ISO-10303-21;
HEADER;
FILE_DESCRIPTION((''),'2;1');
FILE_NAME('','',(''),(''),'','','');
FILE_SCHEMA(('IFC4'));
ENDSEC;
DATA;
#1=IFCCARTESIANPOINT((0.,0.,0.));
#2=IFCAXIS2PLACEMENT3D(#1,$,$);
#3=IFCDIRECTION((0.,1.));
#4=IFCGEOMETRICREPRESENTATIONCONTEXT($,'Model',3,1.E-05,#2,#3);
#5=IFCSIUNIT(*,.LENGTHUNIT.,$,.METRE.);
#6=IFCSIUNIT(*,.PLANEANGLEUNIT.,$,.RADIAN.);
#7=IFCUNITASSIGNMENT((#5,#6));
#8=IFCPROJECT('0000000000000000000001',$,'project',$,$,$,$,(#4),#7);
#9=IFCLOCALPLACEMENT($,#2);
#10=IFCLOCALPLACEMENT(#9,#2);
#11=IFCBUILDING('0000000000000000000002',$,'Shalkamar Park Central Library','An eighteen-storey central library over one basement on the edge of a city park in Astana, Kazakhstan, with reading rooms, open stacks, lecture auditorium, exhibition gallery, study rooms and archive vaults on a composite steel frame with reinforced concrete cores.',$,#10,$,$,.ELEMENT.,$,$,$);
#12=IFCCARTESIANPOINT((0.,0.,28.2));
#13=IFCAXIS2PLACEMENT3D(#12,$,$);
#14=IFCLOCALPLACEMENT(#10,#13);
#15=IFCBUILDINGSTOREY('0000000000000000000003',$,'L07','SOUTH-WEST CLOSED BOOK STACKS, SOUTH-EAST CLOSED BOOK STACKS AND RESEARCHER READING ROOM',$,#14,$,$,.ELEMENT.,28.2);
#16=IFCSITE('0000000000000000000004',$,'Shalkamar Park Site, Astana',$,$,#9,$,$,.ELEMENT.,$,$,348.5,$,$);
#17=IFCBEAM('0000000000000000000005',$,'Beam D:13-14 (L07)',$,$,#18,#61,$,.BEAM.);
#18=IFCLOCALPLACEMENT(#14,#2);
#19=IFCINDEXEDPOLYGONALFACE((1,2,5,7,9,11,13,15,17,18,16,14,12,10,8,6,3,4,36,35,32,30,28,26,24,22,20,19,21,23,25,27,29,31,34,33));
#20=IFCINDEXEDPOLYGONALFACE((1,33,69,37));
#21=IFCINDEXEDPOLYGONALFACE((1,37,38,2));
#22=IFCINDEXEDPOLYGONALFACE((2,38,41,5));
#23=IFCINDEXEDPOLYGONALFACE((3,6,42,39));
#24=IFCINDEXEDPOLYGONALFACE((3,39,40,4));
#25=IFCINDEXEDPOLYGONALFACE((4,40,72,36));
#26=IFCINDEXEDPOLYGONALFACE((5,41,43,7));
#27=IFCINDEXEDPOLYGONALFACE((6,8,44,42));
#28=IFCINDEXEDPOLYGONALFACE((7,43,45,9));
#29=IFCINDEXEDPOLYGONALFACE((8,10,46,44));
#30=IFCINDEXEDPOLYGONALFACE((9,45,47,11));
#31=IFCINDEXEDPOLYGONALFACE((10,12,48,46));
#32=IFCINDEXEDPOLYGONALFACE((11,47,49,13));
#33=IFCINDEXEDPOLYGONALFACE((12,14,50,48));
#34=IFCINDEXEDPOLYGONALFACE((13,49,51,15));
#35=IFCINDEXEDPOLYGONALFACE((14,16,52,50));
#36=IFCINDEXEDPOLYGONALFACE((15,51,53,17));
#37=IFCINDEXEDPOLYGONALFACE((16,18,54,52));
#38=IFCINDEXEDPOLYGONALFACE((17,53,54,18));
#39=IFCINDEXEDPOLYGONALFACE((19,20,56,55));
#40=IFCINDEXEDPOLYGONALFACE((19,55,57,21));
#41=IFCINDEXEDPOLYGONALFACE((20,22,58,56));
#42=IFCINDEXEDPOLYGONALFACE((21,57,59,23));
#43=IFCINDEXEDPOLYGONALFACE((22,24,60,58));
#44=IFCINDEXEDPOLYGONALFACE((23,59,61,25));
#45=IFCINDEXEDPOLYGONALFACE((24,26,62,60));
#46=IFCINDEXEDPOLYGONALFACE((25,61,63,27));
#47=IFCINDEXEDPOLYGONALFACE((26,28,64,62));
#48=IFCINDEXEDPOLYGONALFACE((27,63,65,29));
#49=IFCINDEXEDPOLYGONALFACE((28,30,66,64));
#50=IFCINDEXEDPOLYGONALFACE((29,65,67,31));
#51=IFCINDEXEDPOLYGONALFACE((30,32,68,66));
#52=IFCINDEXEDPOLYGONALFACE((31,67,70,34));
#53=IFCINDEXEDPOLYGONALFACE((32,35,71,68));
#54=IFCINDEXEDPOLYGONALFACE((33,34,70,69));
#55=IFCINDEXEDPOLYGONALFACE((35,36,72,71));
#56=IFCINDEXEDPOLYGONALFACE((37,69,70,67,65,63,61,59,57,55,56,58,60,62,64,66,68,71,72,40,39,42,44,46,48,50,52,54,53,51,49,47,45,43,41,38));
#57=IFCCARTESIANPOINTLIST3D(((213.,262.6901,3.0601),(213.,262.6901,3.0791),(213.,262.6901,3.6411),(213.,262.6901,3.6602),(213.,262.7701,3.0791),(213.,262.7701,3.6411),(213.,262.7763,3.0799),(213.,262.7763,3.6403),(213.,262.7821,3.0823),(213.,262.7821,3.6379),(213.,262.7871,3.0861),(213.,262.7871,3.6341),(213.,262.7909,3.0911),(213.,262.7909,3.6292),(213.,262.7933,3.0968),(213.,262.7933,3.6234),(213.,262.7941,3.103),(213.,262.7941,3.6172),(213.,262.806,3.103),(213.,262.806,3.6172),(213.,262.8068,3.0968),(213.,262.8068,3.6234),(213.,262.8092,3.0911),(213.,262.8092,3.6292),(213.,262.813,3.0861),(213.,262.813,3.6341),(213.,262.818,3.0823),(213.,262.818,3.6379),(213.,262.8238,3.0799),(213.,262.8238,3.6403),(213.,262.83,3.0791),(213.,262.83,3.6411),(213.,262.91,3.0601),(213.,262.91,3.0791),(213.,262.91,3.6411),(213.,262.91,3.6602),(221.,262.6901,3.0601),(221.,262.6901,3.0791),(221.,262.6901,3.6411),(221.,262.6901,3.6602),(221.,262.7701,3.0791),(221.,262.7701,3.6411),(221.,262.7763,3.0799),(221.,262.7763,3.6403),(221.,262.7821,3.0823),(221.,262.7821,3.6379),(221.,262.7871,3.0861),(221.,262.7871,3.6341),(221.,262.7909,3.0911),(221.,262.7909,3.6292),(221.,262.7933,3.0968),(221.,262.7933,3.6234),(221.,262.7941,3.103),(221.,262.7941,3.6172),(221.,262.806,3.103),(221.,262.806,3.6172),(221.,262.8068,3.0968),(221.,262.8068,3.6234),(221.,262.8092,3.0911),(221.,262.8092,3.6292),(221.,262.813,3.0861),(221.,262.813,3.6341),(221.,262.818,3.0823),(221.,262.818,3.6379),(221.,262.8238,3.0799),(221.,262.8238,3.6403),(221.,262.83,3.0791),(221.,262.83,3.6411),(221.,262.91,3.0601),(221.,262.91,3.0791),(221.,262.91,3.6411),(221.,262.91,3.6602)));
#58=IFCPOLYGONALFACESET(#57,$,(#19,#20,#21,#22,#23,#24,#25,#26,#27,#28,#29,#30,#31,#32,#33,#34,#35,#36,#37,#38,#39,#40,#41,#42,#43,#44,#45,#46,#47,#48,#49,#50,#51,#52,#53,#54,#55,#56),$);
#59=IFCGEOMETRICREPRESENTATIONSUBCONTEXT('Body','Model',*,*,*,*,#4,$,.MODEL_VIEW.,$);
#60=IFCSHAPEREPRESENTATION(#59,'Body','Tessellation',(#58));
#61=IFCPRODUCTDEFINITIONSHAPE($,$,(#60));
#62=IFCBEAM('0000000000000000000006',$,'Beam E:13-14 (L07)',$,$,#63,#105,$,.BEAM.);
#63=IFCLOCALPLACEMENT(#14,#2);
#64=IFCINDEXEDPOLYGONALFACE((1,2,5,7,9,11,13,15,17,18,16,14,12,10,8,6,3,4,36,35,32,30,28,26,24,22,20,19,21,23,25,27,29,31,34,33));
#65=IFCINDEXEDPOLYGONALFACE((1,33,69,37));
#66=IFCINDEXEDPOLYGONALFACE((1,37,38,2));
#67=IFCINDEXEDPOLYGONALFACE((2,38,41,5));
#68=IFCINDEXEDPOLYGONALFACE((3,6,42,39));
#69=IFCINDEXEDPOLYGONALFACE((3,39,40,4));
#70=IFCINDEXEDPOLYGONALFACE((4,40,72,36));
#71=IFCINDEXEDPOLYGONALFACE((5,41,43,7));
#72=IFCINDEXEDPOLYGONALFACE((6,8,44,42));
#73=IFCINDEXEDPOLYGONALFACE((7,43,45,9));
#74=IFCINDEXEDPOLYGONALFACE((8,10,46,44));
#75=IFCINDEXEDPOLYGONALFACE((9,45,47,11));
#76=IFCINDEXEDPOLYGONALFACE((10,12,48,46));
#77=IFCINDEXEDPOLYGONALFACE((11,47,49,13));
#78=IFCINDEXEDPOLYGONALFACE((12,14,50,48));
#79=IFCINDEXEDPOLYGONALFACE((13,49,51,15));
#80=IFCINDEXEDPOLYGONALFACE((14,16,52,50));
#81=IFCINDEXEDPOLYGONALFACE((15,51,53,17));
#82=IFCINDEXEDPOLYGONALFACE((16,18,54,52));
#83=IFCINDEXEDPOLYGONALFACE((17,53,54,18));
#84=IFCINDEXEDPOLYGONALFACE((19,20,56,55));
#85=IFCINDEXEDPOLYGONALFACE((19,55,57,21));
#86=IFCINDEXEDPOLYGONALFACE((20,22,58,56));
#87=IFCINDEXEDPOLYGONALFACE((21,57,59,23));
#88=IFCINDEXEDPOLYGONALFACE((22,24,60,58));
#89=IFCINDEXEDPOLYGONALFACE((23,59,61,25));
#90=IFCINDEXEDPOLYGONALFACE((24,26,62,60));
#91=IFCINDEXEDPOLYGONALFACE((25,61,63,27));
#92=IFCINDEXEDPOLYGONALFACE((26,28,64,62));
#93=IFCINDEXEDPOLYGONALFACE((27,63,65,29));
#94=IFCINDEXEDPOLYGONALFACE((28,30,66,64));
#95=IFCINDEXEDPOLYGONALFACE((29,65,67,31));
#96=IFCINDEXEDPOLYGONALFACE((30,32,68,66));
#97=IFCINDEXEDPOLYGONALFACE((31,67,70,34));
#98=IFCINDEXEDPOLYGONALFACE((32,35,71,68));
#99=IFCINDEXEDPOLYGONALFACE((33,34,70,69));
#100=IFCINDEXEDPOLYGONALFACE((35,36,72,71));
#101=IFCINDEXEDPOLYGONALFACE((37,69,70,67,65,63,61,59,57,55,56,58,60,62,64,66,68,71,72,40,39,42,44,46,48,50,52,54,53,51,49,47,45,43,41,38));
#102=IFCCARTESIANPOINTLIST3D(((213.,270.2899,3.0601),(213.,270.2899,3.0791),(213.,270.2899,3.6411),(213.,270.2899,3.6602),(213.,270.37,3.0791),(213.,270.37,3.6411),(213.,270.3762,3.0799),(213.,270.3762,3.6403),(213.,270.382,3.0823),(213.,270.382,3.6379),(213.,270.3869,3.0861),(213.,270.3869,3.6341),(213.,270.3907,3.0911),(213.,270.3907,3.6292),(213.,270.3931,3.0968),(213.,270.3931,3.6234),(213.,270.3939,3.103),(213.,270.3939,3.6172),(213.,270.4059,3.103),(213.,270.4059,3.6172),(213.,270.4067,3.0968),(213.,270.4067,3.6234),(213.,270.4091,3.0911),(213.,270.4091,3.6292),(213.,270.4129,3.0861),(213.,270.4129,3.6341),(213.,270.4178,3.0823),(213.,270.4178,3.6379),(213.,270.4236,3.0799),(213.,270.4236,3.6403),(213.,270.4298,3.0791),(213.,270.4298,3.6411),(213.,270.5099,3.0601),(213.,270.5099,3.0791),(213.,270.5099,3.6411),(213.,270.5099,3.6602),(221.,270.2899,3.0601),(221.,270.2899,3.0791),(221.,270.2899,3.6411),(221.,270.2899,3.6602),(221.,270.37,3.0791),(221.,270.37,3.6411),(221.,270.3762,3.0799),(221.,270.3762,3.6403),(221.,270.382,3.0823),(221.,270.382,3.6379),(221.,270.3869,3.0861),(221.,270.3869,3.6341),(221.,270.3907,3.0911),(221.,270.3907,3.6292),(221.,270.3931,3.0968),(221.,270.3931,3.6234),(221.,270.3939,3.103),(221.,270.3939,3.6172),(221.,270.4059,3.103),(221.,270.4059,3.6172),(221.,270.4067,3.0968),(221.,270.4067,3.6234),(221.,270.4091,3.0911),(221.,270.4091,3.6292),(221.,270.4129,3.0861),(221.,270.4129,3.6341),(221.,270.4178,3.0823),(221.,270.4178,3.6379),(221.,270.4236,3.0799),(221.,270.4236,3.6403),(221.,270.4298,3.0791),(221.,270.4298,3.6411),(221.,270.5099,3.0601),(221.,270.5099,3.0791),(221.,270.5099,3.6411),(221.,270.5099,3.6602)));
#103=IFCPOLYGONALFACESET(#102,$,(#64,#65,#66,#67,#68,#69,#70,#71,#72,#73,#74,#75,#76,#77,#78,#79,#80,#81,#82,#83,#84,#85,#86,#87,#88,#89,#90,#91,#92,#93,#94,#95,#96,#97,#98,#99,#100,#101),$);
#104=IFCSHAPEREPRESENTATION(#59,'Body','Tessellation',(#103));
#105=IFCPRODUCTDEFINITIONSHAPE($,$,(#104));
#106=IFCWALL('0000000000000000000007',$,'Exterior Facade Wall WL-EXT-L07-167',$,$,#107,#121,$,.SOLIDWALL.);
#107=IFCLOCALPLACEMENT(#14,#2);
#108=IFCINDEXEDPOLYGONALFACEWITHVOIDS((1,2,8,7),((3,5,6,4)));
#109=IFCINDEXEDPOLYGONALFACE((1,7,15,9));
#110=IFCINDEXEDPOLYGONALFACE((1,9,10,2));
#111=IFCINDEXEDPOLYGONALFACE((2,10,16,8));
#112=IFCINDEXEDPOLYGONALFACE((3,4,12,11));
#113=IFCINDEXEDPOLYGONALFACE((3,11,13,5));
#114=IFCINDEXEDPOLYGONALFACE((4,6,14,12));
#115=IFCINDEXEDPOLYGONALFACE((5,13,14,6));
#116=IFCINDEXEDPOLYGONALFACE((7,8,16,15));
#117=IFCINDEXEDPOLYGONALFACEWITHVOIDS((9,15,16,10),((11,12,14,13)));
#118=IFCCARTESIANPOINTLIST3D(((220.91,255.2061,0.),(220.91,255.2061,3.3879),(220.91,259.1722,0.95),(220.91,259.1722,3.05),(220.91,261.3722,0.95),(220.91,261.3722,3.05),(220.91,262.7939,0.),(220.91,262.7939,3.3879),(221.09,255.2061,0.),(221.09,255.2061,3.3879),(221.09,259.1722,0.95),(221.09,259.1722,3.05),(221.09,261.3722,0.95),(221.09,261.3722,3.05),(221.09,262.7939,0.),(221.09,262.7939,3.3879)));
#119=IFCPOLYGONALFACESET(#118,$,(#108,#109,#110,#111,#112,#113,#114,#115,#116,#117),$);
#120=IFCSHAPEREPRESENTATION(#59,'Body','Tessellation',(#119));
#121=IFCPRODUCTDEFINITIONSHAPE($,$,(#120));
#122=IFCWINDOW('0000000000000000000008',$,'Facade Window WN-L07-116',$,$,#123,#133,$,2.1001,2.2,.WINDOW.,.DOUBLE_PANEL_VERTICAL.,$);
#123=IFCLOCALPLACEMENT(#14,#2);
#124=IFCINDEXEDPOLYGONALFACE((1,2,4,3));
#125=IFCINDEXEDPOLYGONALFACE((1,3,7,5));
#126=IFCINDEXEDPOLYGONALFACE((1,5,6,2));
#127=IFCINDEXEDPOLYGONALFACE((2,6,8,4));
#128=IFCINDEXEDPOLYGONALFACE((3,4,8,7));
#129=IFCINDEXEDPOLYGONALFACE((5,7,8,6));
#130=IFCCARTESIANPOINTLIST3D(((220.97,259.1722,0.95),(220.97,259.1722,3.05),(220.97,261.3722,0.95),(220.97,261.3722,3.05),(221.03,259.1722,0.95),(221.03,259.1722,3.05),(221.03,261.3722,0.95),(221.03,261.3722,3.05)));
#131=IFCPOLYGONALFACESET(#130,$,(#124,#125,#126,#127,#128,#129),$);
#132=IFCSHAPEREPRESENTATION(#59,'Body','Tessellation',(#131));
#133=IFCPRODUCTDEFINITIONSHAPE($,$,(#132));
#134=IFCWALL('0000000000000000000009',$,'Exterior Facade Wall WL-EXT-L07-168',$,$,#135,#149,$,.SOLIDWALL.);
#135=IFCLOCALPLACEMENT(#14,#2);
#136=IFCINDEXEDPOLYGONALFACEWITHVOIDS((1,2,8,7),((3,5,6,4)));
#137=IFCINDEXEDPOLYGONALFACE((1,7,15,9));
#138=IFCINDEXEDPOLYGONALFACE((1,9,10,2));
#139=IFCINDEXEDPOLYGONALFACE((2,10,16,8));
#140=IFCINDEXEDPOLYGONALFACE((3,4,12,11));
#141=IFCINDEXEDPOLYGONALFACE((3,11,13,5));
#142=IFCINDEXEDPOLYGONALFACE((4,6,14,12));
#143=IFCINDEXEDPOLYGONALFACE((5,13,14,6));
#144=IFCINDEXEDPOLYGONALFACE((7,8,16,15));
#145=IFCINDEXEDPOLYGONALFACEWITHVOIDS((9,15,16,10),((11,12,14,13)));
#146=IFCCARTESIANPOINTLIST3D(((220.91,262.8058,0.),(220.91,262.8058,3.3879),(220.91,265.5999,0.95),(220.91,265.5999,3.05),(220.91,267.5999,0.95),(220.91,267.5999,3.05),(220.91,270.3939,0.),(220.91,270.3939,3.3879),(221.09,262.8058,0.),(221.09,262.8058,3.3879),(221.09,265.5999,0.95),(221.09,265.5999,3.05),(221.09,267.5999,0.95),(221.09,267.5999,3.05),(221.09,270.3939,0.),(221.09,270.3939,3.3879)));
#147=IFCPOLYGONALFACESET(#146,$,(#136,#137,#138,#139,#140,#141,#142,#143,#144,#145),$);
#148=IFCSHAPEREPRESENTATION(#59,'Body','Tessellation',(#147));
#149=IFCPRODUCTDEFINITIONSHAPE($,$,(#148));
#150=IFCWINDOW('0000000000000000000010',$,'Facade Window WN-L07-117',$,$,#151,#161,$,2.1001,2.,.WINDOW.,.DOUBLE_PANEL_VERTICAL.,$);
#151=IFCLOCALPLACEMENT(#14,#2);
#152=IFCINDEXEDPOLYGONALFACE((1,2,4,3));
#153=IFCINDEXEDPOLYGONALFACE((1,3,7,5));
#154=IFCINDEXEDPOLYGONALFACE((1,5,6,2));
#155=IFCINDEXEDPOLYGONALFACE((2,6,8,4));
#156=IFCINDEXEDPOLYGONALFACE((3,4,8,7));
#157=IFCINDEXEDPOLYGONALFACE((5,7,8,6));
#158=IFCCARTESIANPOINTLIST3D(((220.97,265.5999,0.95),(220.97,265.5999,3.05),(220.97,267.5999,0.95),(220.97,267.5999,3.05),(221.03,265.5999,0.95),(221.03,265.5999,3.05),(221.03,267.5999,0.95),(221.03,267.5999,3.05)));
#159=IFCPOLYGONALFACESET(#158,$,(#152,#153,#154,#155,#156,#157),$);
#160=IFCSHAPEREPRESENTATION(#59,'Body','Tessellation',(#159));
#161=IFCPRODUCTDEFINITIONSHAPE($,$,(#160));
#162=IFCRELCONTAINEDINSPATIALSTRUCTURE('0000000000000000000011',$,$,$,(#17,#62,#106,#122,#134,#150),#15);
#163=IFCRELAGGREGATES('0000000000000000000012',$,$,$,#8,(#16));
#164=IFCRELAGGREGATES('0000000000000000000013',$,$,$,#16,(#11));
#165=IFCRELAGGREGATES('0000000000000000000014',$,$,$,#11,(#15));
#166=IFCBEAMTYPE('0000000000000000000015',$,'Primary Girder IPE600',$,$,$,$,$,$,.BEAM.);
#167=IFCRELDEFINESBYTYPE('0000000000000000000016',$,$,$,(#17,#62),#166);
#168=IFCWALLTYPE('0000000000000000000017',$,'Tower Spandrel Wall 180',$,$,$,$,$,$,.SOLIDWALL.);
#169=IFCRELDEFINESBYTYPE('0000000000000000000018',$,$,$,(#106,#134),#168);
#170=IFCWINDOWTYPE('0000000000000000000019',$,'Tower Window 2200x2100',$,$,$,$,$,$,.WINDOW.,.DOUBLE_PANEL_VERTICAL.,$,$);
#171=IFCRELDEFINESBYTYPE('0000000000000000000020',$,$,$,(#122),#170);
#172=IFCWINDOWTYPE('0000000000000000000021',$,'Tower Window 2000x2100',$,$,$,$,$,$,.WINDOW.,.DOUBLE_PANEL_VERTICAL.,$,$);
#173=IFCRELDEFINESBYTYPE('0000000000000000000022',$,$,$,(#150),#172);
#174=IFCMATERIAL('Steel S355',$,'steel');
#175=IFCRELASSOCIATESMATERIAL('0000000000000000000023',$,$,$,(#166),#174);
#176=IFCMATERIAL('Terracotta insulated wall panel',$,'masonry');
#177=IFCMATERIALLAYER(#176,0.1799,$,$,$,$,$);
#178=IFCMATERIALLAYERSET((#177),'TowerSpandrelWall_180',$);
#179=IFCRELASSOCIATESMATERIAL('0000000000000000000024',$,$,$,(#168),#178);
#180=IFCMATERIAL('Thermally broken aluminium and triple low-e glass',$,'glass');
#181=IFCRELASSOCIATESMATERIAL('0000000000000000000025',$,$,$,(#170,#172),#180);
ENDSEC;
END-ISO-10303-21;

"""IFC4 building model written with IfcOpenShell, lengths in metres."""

from ifc_helpers import new_model, si_unit, direction, frame, frame_2d, origin, origin_2d, place, context, subcontext, project, spatial, rectangle, i_section, extrude, material, layer, layer_set, material_profile, profile_set, type_object, element, fill, save


model = new_model("IFC4")

# Units and contexts
model_context = context("Model", 3, precision=1e-05, world=origin(), true_north=direction((0.0, 1.0)))
body_context = subcontext(model_context, "Body", "Model", "MODEL_VIEW")
ifc_project = project(units=[si_unit("LENGTHUNIT", "METRE"), si_unit("PLANEANGLEUNIT", "RADIAN")], contexts=[model_context])

# Site, building, storey
site_placement = place(None, origin())
site = spatial("IfcSite", under=ifc_project, at=site_placement, Name="Shalkamar Park Site, Astana", CompositionType="ELEMENT", RefElevation=348.5)
building_placement = place(site_placement, origin())
building = spatial("IfcBuilding", under=site, at=building_placement, Name="Shalkamar Park Central Library", Description="An eighteen-storey central library over one basement on the edge of a city park in Astana, Kazakhstan, with reading rooms, open stacks, lecture auditorium, exhibition gallery, study rooms and archive vaults on a composite steel frame with reinforced concrete cores.", CompositionType="ELEMENT")
storey_placement = place(building_placement, frame((0.0, 0.0, 28.2)))
storey = spatial("IfcBuildingStorey", under=building, at=storey_placement, Name="L07", Description="SOUTH-WEST CLOSED BOOK STACKS, SOUTH-EAST CLOSED BOOK STACKS AND RESEARCHER READING ROOM", CompositionType="ELEMENT", Elevation=28.2)

# Shared definitions
ifc_material_1 = material(Name="Steel S355", Category="steel")

# Beams
ifc_material_profile_1 = material_profile(ifc_material_1, i_section(OverallWidth=0.22, OverallDepth=0.6001, WebThickness=0.012, FlangeThickness=0.019, FilletRadius=0.0239, at=origin_2d()), Name="IPE 600")
ifc_profile_set_1 = profile_set([ifc_material_profile_1], Name="Steel S355")
beam_type_1 = type_object("IfcBeamType", Name="Primary Girder IPE600", PredefinedType="BEAM", material=ifc_profile_set_1)
for number, where, z_axis, x_axis, name in (
    (1, (213.0, 262.8, 3.3601), (1.0, 0.0, 0.0), (0.0, 1.0, 0.0), "Beam D:13-14 (L07)"),
    (2, (213.0, 270.3999, 3.3601), (1.0, 0.0, 0.0), (0.0, 1.0, 0.0), "Beam E:13-14 (L07)"),
):
    element("IfcBeam", number, at=place(storey_placement, frame(where, z_axis=z_axis, x_axis=x_axis)), inside=storey, type_object=beam_type_1, Name=name, PredefinedType="BEAM", context=body_context, shape_type="SweptSolid", body=[
        extrude(i_section(OverallWidth=0.22, OverallDepth=0.6001, WebThickness=0.012, FlangeThickness=0.019, FilletRadius=0.0239, at=origin_2d()), origin(), (0.0, 0.0, 1.0), 8.0),
    ])

# Walls, openings, windows
ifc_material_2 = material(Name="Terracotta insulated wall panel", Category="masonry")
ifc_layer = layer(ifc_material_2, 0.1799)
ifc_layer_set = layer_set([ifc_layer], Name="TowerSpandrelWall_180")
wall_type = type_object("IfcWallType", Name="Tower Spandrel Wall 180", PredefinedType="SOLIDWALL", material=ifc_layer_set)
wall_1_placement = place(storey_placement, frame((221.0, 255.2061, 0.0), z_axis=(0.0, 0.0, 1.0), x_axis=(0.0, 1.0, 0.0)))
wall_1 = element("IfcWall", 3, at=wall_1_placement, inside=storey, type_object=wall_type, Name="Exterior Facade Wall WL-EXT-L07-167", PredefinedType="SOLIDWALL", context=body_context, shape_type="SweptSolid", body=[
    extrude(rectangle(XDim=7.5879, YDim=0.1799, at=frame_2d((3.7939, 0.0))), origin(), (0.0, 0.0, 1.0), 3.3879),
])
opening_1_placement = place(wall_1_placement, frame((3.9661, 0.0, 0.95)))
opening_1 = element("IfcOpeningElement", 4, at=opening_1_placement, cuts=wall_1, PredefinedType="OPENING", context=body_context, shape_type="SweptSolid", body=[
    extrude(rectangle(XDim=2.2, YDim=2.1001, at=frame_2d((1.1001, 1.05))), frame((0.0, 0.105, 0.0), z_axis=(0.0, -1.0, 0.0), x_axis=(1.0, 0.0, 0.0)), (0.0, 0.0, 1.0), 0.2097),
])
ifc_material_3 = material(Name="Thermally broken aluminium and triple low-e glass", Category="glass")
window_type_1 = type_object("IfcWindowType", Name="Tower Window 2200x2100", PartitioningType="DOUBLE_PANEL_VERTICAL", PredefinedType="WINDOW", material=ifc_material_3)
window_1_placement = place(opening_1_placement, origin())
window_1 = element("IfcWindow", 5, at=window_1_placement, inside=storey, type_object=window_type_1, Name="Facade Window WN-L07-116", OverallHeight=2.1001, OverallWidth=2.2, PartitioningType="DOUBLE_PANEL_VERTICAL", PredefinedType="WINDOW", context=body_context, shape_type="SweptSolid", body=[
    extrude(rectangle(XDim=2.2, YDim=2.1001, at=frame_2d((1.1001, 1.05))), frame((0.0, 0.03, 0.0), z_axis=(0.0, -1.0, 0.0), x_axis=(1.0, 0.0, 0.0)), (0.0, 0.0, 1.0), 0.0601),
])
fill(opening_1, window_1)
wall_2_placement = place(storey_placement, frame((221.0, 262.8059, 0.0), z_axis=(0.0, 0.0, 1.0), x_axis=(0.0, 1.0, 0.0)))
wall_2 = element("IfcWall", 6, at=wall_2_placement, inside=storey, type_object=wall_type, Name="Exterior Facade Wall WL-EXT-L07-168", PredefinedType="SOLIDWALL", context=body_context, shape_type="SweptSolid", body=[
    extrude(rectangle(XDim=7.5881, YDim=0.1799, at=frame_2d((3.7939, 0.0))), origin(), (0.0, 0.0, 1.0), 3.3879),
])
opening_2_placement = place(wall_2_placement, frame((2.7939, 0.0, 0.95)))
opening_2 = element("IfcOpeningElement", 7, at=opening_2_placement, cuts=wall_2, PredefinedType="OPENING", context=body_context, shape_type="SweptSolid", body=[
    extrude(rectangle(XDim=2.0, YDim=2.1001, at=frame_2d((1.0, 1.05))), frame((0.0, 0.105, 0.0), z_axis=(0.0, -1.0, 0.0), x_axis=(1.0, 0.0, 0.0)), (0.0, 0.0, 1.0), 0.2097),
])
window_type_2 = type_object("IfcWindowType", Name="Tower Window 2000x2100", PartitioningType="DOUBLE_PANEL_VERTICAL", PredefinedType="WINDOW", material=ifc_material_3)
window_2_placement = place(opening_2_placement, origin())
window_2 = element("IfcWindow", 8, at=window_2_placement, inside=storey, type_object=window_type_2, Name="Facade Window WN-L07-117", OverallHeight=2.1001, OverallWidth=2.0, PartitioningType="DOUBLE_PANEL_VERTICAL", PredefinedType="WINDOW", context=body_context, shape_type="SweptSolid", body=[
    extrude(rectangle(XDim=2.0, YDim=2.1001, at=frame_2d((1.0, 1.05))), frame((0.0, 0.03, 0.0), z_axis=(0.0, -1.0, 0.0), x_axis=(1.0, 0.0, 0.0)), (0.0, 0.0, 1.0), 0.0601),
])
fill(opening_2, window_2)

save(model, "model.ifc")
